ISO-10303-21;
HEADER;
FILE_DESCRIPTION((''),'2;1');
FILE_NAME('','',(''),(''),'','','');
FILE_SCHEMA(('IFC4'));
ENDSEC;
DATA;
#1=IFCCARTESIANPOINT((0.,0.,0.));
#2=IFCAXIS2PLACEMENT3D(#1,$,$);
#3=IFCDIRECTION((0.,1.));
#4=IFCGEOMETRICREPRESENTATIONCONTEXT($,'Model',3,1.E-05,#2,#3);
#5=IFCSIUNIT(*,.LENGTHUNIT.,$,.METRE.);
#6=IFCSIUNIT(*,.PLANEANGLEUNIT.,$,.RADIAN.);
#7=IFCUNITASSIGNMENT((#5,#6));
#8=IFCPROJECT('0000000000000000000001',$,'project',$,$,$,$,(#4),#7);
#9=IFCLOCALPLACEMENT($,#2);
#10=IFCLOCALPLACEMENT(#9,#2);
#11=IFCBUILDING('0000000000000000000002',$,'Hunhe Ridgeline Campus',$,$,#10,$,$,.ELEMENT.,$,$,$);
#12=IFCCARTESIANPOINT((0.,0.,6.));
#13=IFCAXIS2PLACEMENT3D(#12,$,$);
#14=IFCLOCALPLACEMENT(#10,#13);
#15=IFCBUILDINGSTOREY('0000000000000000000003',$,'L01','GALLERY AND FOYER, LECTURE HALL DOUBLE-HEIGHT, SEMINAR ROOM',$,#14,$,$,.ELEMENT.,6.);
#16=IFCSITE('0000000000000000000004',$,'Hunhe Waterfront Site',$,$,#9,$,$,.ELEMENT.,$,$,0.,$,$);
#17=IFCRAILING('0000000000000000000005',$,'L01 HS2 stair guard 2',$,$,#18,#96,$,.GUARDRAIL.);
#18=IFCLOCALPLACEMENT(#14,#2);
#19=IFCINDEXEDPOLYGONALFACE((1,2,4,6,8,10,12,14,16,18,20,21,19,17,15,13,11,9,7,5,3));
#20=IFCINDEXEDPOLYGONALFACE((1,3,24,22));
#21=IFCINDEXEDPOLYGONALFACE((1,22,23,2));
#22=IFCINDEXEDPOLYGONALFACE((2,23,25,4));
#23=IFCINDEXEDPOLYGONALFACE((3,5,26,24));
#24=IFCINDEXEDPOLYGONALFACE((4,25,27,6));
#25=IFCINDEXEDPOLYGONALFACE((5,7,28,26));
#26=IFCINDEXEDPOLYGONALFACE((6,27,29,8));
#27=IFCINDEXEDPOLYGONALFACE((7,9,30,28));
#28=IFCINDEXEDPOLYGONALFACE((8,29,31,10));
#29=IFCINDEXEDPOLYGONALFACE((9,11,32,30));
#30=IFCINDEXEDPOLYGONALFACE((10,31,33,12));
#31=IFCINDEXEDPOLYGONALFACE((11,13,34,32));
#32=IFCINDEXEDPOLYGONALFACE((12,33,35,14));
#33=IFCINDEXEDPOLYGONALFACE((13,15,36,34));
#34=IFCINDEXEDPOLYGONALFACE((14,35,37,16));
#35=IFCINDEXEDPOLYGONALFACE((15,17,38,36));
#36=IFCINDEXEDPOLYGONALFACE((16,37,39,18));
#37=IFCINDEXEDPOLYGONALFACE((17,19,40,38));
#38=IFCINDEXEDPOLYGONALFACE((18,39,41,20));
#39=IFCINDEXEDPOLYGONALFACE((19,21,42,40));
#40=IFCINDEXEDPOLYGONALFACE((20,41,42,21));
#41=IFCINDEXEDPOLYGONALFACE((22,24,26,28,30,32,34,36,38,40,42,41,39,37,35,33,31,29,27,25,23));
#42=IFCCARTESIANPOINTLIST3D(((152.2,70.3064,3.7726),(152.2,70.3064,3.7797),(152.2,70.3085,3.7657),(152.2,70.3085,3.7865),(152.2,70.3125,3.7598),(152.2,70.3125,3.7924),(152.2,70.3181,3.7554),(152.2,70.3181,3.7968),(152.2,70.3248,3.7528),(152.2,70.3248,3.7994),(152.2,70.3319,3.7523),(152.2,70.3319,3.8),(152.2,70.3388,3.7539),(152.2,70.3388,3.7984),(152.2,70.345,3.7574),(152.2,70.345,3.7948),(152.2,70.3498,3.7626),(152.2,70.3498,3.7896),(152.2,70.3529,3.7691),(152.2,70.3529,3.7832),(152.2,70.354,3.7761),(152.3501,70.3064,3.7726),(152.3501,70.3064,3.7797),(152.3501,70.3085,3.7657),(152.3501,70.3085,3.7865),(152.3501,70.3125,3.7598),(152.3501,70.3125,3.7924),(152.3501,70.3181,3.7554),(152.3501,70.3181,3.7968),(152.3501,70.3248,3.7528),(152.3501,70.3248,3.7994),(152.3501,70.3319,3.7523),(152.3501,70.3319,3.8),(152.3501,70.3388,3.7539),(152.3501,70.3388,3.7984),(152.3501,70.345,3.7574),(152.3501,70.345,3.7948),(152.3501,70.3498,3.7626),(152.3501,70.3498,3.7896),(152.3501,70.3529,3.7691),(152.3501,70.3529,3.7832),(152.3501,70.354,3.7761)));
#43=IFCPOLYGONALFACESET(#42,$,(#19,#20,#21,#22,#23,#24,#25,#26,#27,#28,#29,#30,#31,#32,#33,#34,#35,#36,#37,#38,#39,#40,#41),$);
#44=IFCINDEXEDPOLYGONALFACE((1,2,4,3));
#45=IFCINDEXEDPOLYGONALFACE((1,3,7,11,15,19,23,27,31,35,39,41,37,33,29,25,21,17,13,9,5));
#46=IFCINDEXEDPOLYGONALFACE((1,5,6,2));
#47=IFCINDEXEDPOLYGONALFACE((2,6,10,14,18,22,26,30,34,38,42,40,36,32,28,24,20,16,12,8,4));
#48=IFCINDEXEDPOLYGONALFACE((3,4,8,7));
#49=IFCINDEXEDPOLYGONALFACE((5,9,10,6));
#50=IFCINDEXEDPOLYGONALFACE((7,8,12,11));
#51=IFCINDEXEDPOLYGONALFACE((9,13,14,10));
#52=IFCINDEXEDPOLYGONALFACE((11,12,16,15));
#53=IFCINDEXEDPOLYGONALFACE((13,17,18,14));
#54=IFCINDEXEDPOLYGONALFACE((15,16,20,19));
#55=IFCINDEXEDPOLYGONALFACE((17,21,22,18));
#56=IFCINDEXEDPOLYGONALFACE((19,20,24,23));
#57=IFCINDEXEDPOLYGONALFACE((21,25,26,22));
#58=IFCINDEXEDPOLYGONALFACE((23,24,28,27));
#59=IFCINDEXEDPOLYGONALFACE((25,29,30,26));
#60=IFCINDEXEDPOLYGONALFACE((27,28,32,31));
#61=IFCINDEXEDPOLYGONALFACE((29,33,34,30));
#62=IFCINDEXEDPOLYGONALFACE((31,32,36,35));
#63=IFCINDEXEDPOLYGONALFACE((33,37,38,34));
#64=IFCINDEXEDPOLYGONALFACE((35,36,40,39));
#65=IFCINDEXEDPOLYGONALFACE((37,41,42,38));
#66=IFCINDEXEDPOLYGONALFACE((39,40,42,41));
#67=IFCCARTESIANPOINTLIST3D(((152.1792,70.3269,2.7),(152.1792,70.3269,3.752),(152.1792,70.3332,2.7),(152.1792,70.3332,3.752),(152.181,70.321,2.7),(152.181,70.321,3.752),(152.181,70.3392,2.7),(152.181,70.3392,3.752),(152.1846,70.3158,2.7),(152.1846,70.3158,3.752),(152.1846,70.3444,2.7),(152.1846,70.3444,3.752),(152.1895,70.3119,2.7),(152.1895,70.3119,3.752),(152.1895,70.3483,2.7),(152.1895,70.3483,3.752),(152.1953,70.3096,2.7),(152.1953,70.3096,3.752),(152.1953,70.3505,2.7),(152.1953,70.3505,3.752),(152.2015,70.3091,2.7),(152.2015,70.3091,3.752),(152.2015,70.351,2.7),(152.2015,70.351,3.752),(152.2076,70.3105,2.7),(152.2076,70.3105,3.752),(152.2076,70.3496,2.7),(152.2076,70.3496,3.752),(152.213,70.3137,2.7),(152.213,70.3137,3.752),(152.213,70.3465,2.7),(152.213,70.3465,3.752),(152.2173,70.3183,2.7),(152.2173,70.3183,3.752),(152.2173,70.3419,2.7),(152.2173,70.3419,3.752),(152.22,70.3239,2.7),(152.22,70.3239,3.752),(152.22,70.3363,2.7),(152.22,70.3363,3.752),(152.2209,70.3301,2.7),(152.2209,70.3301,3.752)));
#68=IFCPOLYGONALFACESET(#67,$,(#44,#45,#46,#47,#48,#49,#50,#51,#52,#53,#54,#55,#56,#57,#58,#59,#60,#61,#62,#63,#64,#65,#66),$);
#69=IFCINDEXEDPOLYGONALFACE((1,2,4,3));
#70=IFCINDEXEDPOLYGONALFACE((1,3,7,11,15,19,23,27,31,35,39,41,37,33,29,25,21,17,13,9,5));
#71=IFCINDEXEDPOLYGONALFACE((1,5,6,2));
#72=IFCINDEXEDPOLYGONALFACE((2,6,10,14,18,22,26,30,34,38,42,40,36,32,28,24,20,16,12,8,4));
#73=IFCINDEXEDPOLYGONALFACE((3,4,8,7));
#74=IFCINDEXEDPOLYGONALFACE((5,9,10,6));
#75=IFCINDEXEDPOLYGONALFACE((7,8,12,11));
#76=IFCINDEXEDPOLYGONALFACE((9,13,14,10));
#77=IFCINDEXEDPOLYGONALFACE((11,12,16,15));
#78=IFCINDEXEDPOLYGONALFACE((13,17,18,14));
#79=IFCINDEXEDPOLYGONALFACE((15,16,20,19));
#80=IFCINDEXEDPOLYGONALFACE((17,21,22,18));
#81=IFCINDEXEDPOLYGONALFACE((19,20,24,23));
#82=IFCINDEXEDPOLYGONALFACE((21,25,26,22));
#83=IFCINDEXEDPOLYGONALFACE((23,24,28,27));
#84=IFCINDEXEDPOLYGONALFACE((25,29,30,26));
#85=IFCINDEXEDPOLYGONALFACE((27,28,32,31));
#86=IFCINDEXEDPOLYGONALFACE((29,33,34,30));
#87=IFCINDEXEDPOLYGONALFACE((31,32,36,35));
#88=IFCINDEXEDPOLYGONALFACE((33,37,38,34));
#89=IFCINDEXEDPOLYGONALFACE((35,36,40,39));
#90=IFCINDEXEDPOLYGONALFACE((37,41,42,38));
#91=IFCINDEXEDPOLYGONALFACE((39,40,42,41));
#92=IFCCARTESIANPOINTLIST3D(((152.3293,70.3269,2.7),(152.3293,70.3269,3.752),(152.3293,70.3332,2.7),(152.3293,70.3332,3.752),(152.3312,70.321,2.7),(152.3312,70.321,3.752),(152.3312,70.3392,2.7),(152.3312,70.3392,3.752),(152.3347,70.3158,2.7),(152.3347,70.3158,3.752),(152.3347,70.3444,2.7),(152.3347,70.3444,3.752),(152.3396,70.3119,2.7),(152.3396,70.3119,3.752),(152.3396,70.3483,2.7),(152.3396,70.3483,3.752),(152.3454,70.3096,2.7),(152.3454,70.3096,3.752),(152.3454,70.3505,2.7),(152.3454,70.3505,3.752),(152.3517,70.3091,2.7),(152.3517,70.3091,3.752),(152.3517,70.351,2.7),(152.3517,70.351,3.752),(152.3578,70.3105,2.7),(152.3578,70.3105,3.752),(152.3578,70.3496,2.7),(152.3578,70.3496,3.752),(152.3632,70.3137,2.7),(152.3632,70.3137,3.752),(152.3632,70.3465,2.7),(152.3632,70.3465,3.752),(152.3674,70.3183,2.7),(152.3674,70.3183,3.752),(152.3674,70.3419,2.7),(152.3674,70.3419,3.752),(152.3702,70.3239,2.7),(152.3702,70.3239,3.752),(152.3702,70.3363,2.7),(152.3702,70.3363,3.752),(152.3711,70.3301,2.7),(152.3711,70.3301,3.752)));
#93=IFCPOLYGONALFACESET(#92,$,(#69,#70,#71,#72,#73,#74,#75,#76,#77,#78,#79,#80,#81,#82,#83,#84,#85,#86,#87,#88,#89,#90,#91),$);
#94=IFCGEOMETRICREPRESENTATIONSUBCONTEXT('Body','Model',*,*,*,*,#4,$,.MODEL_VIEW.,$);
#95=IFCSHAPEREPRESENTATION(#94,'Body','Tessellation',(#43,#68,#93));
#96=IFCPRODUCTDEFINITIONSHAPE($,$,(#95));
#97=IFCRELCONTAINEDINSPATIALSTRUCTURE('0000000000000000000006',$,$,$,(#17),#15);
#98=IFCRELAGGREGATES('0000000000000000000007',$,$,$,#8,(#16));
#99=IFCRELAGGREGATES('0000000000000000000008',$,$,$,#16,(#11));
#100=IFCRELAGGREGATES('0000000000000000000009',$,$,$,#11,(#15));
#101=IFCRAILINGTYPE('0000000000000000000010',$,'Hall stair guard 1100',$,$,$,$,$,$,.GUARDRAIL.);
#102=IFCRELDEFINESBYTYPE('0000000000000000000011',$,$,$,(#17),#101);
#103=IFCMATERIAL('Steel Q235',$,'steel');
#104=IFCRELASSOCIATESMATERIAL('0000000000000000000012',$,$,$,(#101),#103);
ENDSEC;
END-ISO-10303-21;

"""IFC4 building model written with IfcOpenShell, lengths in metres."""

from ifc_helpers import new_model, si_unit, direction, frame, origin, origin_2d, place, context, subcontext, project, spatial, circle, extrude, material, type_object, element, save


model = new_model("IFC4")

# Units and contexts
model_context = context("Model", 3, precision=1e-05, world=origin(), true_north=direction((0.0, 1.0)))
body_context = subcontext(model_context, "Body", "Model", "MODEL_VIEW")
ifc_project = project(units=[si_unit("LENGTHUNIT", "METRE"), si_unit("PLANEANGLEUNIT", "RADIAN")], contexts=[model_context])

# Site, building, storey
site_placement = place(None, origin())
site = spatial("IfcSite", under=ifc_project, at=site_placement, Name="Hunhe Waterfront Site", CompositionType="ELEMENT", RefElevation=0.0)
building_placement = place(site_placement, origin())
building = spatial("IfcBuilding", under=site, at=building_placement, Name="Hunhe Ridgeline Campus", CompositionType="ELEMENT")
storey_placement = place(building_placement, frame((0.0, 0.0, 6.0)))
storey = spatial("IfcBuildingStorey", under=building, at=storey_placement, Name="L01", Description="GALLERY AND FOYER, LECTURE HALL DOUBLE-HEIGHT, SEMINAR ROOM", CompositionType="ELEMENT", Elevation=6.0)

# Shared definitions
ifc_material_1 = material(Name="Steel Q235", Category="steel")

# Railing
railing_type_1 = type_object("IfcRailingType", Name="Hall stair guard 1100", PredefinedType="GUARDRAIL", material=ifc_material_1)
railing_1_placement = place(storey_placement, frame((152.2, 70.3301, 2.7)))
element("IfcRailing", 1, at=railing_1_placement, inside=storey, type_object=railing_type_1, Name="L01 HS2 stair guard 2", PredefinedType="GUARDRAIL", context=body_context, shape_type="SweptSolid", body=[
    extrude(circle(Radius=0.0239, at=origin_2d()), frame((0.0, 0.0, 1.0762), z_axis=(1.0, 0.0, 0.0), x_axis=(0.0, 1.0, 0.0)), (0.0, 0.0, 1.0), 0.1501),
    extrude(circle(Radius=0.021, at=origin_2d()), origin(), (0.0, 0.0, 1.0), 1.052),
    extrude(circle(Radius=0.021, at=origin_2d()), frame((0.1501, 0.0, 0.0)), (0.0, 0.0, 1.0), 1.052),
])

save(model, "model.ifc")
